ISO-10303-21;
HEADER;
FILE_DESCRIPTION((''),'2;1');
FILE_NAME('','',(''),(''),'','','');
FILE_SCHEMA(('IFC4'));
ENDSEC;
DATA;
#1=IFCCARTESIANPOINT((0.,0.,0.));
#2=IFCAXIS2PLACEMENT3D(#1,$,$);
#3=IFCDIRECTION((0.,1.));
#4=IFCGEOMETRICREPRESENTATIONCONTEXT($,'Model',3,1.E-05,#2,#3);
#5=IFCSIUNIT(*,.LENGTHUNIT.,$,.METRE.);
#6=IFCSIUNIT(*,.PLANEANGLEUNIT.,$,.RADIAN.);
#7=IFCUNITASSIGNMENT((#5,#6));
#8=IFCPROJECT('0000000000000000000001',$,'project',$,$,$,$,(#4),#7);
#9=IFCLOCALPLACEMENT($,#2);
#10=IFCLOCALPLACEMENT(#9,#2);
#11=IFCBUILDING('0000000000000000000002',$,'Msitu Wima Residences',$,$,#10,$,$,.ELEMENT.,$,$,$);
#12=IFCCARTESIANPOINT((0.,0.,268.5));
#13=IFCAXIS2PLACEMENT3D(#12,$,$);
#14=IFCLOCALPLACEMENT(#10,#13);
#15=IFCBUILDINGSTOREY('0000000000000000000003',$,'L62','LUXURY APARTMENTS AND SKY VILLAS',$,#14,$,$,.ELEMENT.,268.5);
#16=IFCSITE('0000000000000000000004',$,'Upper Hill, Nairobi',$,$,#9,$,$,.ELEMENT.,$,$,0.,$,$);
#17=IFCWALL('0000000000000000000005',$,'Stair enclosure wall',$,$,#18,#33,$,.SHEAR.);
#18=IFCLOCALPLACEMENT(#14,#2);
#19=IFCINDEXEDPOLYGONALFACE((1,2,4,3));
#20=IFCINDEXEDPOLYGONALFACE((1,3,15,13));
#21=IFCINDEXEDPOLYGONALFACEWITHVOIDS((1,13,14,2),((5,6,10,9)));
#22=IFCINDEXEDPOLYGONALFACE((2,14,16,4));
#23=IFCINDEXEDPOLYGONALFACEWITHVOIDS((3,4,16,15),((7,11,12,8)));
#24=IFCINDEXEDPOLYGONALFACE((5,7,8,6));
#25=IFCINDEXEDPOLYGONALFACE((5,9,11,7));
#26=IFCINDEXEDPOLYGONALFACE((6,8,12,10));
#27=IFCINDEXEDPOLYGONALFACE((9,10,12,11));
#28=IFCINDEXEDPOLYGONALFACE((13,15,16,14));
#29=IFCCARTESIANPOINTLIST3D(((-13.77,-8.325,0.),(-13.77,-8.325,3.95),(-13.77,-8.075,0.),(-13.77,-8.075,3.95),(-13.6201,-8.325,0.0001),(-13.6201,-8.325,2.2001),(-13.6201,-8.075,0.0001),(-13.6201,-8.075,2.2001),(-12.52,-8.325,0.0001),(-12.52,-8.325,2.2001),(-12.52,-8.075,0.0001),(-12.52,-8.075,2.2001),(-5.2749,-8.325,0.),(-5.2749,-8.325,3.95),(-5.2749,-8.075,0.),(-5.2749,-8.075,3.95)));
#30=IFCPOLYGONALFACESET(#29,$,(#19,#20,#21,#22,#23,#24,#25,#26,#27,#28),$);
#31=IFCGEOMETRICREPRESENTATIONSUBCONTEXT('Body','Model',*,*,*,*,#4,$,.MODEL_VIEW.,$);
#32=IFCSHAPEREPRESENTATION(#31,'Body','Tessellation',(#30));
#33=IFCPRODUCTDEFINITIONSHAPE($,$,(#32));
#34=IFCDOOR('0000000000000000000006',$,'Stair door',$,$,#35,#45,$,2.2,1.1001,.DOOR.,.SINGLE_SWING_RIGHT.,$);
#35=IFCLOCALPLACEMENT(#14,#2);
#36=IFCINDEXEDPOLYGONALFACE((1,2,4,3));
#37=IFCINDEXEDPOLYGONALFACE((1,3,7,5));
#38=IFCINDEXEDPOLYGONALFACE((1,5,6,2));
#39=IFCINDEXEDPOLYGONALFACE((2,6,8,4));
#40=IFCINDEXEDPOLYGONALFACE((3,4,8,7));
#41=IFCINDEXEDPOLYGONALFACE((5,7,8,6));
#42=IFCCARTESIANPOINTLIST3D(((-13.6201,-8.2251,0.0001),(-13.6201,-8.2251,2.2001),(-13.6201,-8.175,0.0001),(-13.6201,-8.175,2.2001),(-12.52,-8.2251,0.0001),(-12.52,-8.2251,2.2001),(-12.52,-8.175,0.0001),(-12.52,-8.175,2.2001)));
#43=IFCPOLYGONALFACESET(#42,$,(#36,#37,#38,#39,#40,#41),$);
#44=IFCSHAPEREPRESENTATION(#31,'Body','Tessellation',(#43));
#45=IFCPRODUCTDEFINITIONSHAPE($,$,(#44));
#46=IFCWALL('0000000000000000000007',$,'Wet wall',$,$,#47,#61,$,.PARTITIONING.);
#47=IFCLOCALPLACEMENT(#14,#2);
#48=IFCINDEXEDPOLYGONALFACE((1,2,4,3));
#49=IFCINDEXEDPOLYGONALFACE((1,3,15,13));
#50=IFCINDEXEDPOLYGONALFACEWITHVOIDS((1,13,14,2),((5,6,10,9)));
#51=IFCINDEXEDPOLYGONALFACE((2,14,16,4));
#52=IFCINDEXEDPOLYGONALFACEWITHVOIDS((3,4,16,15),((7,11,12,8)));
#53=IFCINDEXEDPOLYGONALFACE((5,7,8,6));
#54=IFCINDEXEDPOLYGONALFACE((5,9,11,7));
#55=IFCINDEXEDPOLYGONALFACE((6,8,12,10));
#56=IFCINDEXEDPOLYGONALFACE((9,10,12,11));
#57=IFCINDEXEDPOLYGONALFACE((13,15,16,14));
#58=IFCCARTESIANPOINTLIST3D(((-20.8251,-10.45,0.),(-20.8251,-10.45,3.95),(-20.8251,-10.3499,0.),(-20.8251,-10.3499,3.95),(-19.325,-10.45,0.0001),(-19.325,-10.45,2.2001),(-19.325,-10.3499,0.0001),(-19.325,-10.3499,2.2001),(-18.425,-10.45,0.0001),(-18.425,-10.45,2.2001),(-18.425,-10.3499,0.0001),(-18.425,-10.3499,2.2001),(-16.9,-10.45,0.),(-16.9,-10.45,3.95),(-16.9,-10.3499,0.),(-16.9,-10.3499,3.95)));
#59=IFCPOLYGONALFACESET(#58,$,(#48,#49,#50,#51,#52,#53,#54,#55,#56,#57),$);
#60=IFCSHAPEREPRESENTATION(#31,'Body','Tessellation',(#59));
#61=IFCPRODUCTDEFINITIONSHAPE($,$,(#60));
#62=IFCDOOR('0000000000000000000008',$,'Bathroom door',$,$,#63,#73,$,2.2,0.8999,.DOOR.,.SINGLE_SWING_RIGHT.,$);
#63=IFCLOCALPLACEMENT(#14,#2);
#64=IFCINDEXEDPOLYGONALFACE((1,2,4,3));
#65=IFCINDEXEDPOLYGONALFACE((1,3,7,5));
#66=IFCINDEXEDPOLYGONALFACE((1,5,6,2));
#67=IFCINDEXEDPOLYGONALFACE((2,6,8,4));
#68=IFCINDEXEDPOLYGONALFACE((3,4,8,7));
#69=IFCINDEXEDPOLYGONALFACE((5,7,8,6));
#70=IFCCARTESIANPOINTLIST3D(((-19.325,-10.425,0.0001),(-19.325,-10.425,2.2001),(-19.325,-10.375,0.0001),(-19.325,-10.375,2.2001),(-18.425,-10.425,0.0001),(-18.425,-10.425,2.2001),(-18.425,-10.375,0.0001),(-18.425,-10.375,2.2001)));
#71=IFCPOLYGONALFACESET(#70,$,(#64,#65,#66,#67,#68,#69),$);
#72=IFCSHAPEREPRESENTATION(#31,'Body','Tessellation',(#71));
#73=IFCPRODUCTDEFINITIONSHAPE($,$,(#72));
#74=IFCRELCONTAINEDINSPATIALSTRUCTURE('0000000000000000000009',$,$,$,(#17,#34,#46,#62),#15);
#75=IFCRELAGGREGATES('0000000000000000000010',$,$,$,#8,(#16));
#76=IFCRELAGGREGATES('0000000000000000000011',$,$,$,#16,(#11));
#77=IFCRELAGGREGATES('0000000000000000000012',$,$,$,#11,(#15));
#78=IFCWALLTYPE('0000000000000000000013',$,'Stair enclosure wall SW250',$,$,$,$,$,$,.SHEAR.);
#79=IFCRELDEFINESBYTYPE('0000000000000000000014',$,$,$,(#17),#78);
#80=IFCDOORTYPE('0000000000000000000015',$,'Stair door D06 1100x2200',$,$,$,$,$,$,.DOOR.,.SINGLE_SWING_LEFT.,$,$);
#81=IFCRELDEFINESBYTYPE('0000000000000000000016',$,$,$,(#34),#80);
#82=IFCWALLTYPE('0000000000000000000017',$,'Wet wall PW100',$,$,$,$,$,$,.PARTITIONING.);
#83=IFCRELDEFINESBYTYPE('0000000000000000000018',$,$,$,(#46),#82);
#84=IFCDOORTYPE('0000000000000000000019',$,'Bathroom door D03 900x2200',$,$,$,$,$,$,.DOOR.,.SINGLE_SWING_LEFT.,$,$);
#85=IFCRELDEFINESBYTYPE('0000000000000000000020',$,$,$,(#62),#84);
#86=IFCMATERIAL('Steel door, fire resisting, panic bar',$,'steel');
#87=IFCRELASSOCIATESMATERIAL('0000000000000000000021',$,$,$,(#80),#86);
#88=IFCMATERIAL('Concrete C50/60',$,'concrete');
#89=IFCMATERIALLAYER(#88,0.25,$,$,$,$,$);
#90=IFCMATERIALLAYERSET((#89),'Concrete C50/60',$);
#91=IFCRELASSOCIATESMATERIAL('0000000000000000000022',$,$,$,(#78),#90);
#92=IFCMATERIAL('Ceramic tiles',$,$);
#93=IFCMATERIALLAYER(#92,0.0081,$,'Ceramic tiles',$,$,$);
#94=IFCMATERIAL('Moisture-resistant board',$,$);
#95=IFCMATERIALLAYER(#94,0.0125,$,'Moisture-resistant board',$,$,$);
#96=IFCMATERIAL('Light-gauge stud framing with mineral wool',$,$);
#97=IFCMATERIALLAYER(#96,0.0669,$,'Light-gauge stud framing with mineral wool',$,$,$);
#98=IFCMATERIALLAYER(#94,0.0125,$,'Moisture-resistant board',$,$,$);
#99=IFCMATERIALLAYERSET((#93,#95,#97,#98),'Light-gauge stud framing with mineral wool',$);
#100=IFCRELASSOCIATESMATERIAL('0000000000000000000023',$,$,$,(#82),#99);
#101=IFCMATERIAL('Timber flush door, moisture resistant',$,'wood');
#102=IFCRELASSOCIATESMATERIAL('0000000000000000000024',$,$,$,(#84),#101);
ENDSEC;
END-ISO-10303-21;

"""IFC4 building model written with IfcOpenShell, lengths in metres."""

from ifc_helpers import new_model, si_unit, direction, frame, frame_2d, origin, place, context, subcontext, project, spatial, rectangle, extrude, material, layer, layer_set, type_object, element, fill, save


model = new_model("IFC4")

# Units and contexts
model_context = context("Model", 3, precision=1e-05, world=origin(), true_north=direction((0.0, 1.0)))
body_context = subcontext(model_context, "Body", "Model", "MODEL_VIEW")
ifc_project = project(units=[si_unit("LENGTHUNIT", "METRE"), si_unit("PLANEANGLEUNIT", "RADIAN")], contexts=[model_context])

# Site, building, storey
site_placement = place(None, origin())
site = spatial("IfcSite", under=ifc_project, at=site_placement, Name="Upper Hill, Nairobi", CompositionType="ELEMENT", RefElevation=0.0)
building_placement = place(site_placement, origin())
building = spatial("IfcBuilding", under=site, at=building_placement, Name="Msitu Wima Residences", CompositionType="ELEMENT")
storey_placement = place(building_placement, frame((0.0, 0.0, 268.5)))
storey = spatial("IfcBuildingStorey", under=building, at=storey_placement, Name="L62", Description="LUXURY APARTMENTS AND SKY VILLAS", CompositionType="ELEMENT", Elevation=268.5)

# Shared definitions
ifc_material_1 = material(Name="Concrete C50/60", Category="concrete")

# Shared definitions
ifc_material_2 = material(Name="Steel door, fire resisting, panic bar", Category="steel")
door_type_1 = type_object("IfcDoorType", Name="Stair door D06 1100x2200", OperationType="SINGLE_SWING_LEFT", PredefinedType="DOOR", material=ifc_material_2)

# Walls, openings, doors
ifc_layer_1 = layer(ifc_material_1, 0.25)
ifc_layer_set_1 = layer_set([ifc_layer_1], Name="Concrete C50/60")
wall_type_1 = type_object("IfcWallType", Name="Stair enclosure wall SW250", PredefinedType="SHEAR", material=ifc_layer_set_1)
wall_1_placement = place(storey_placement, frame((-13.77, -8.2, 0.0), z_axis=(0.0, 0.0, 1.0), x_axis=(1.0, 0.0, 0.0)))
wall_1 = element("IfcWall", 1, at=wall_1_placement, inside=storey, type_object=wall_type_1, Name="Stair enclosure wall", PredefinedType="SHEAR", context=body_context, shape_type="SweptSolid", body=[
    extrude(rectangle(XDim=8.4951, YDim=0.25, at=frame_2d((4.2476, 0.0))), origin(), (0.0, 0.0, 1.0), 3.95),
])
opening_1_placement = place(wall_1_placement, frame((0.1499, 0.0, 0.0)))
opening_1 = element("IfcOpeningElement", 2, at=opening_1_placement, cuts=wall_1, PredefinedType="OPENING", context=body_context, shape_type="SweptSolid", body=[
    extrude(rectangle(XDim=1.1001, YDim=2.2, at=frame_2d((0.55, 1.1001))), frame((0.0, 0.135, 0.0), z_axis=(0.0, -1.0, 0.0), x_axis=(1.0, 0.0, 0.0)), (0.0, 0.0, 1.0), 0.27),
])
door_1_placement = place(opening_1_placement, origin())
door_1 = element("IfcDoor", 3, at=door_1_placement, inside=storey, type_object=door_type_1, Name="Stair door", OperationType="SINGLE_SWING_RIGHT", OverallHeight=2.2, OverallWidth=1.1001, PredefinedType="DOOR", context=body_context, shape_type="SweptSolid", body=[
    extrude(rectangle(XDim=1.1001, YDim=2.2, at=frame_2d((0.55, 1.1001))), frame((0.0, 0.0249, 0.0), z_axis=(0.0, -1.0, 0.0), x_axis=(1.0, 0.0, 0.0)), (0.0, 0.0, 1.0), 0.05),
])
fill(opening_1, door_1)
ifc_material_3 = material(Name="Ceramic tiles")
ifc_layer_2 = layer(ifc_material_3, 0.0081, Name="Ceramic tiles")
ifc_material_4 = material(Name="Moisture-resistant board")
ifc_layer_3 = layer(ifc_material_4, 0.0125, Name="Moisture-resistant board")
ifc_material_5 = material(Name="Light-gauge stud framing with mineral wool")
ifc_layer_4 = layer(ifc_material_5, 0.0669, Name="Light-gauge stud framing with mineral wool")
ifc_layer_5 = layer(ifc_material_4, 0.0125, Name="Moisture-resistant board")
ifc_layer_set_2 = layer_set([ifc_layer_2, ifc_layer_3, ifc_layer_4, ifc_layer_5], Name="Light-gauge stud framing with mineral wool")
wall_type_2 = type_object("IfcWallType", Name="Wet wall PW100", PredefinedType="PARTITIONING", material=ifc_layer_set_2)
wall_2_placement = place(storey_placement, frame((-20.825, -10.3999, 0.0), z_axis=(0.0, 0.0, 1.0), x_axis=(1.0, 0.0, 0.0)))
wall_2 = element("IfcWall", 4, at=wall_2_placement, inside=storey, type_object=wall_type_2, Name="Wet wall", PredefinedType="PARTITIONING", context=body_context, shape_type="SweptSolid", body=[
    extrude(rectangle(XDim=3.925, YDim=0.1001, at=frame_2d((1.9624, 0.0))), origin(), (0.0, 0.0, 1.0), 3.95),
])
opening_2_placement = place(wall_2_placement, frame((1.5, 0.0, 0.0)))
opening_2 = element("IfcOpeningElement", 5, at=opening_2_placement, cuts=wall_2, PredefinedType="OPENING", context=body_context, shape_type="SweptSolid", body=[
    extrude(rectangle(XDim=0.8999, YDim=2.2, at=frame_2d((0.45, 1.1001))), frame((0.0, 0.0601, 0.0), z_axis=(0.0, -1.0, 0.0), x_axis=(1.0, 0.0, 0.0)), (0.0, 0.0, 1.0), 0.1201),
])
ifc_material_6 = material(Name="Timber flush door, moisture resistant", Category="wood")
door_type_2 = type_object("IfcDoorType", Name="Bathroom door D03 900x2200", OperationType="SINGLE_SWING_LEFT", PredefinedType="DOOR", material=ifc_material_6)
door_2_placement = place(opening_2_placement, origin())
door_2 = element("IfcDoor", 6, at=door_2_placement, inside=storey, type_object=door_type_2, Name="Bathroom door", OperationType="SINGLE_SWING_RIGHT", OverallHeight=2.2, OverallWidth=0.8999, PredefinedType="DOOR", context=body_context, shape_type="SweptSolid", body=[
    extrude(rectangle(XDim=0.8999, YDim=2.2, at=frame_2d((0.45, 1.1001))), frame((0.0, 0.0249, 0.0), z_axis=(0.0, -1.0, 0.0), x_axis=(1.0, 0.0, 0.0)), (0.0, 0.0, 1.0), 0.05),
])
fill(opening_2, door_2)

save(model, "model.ifc")
